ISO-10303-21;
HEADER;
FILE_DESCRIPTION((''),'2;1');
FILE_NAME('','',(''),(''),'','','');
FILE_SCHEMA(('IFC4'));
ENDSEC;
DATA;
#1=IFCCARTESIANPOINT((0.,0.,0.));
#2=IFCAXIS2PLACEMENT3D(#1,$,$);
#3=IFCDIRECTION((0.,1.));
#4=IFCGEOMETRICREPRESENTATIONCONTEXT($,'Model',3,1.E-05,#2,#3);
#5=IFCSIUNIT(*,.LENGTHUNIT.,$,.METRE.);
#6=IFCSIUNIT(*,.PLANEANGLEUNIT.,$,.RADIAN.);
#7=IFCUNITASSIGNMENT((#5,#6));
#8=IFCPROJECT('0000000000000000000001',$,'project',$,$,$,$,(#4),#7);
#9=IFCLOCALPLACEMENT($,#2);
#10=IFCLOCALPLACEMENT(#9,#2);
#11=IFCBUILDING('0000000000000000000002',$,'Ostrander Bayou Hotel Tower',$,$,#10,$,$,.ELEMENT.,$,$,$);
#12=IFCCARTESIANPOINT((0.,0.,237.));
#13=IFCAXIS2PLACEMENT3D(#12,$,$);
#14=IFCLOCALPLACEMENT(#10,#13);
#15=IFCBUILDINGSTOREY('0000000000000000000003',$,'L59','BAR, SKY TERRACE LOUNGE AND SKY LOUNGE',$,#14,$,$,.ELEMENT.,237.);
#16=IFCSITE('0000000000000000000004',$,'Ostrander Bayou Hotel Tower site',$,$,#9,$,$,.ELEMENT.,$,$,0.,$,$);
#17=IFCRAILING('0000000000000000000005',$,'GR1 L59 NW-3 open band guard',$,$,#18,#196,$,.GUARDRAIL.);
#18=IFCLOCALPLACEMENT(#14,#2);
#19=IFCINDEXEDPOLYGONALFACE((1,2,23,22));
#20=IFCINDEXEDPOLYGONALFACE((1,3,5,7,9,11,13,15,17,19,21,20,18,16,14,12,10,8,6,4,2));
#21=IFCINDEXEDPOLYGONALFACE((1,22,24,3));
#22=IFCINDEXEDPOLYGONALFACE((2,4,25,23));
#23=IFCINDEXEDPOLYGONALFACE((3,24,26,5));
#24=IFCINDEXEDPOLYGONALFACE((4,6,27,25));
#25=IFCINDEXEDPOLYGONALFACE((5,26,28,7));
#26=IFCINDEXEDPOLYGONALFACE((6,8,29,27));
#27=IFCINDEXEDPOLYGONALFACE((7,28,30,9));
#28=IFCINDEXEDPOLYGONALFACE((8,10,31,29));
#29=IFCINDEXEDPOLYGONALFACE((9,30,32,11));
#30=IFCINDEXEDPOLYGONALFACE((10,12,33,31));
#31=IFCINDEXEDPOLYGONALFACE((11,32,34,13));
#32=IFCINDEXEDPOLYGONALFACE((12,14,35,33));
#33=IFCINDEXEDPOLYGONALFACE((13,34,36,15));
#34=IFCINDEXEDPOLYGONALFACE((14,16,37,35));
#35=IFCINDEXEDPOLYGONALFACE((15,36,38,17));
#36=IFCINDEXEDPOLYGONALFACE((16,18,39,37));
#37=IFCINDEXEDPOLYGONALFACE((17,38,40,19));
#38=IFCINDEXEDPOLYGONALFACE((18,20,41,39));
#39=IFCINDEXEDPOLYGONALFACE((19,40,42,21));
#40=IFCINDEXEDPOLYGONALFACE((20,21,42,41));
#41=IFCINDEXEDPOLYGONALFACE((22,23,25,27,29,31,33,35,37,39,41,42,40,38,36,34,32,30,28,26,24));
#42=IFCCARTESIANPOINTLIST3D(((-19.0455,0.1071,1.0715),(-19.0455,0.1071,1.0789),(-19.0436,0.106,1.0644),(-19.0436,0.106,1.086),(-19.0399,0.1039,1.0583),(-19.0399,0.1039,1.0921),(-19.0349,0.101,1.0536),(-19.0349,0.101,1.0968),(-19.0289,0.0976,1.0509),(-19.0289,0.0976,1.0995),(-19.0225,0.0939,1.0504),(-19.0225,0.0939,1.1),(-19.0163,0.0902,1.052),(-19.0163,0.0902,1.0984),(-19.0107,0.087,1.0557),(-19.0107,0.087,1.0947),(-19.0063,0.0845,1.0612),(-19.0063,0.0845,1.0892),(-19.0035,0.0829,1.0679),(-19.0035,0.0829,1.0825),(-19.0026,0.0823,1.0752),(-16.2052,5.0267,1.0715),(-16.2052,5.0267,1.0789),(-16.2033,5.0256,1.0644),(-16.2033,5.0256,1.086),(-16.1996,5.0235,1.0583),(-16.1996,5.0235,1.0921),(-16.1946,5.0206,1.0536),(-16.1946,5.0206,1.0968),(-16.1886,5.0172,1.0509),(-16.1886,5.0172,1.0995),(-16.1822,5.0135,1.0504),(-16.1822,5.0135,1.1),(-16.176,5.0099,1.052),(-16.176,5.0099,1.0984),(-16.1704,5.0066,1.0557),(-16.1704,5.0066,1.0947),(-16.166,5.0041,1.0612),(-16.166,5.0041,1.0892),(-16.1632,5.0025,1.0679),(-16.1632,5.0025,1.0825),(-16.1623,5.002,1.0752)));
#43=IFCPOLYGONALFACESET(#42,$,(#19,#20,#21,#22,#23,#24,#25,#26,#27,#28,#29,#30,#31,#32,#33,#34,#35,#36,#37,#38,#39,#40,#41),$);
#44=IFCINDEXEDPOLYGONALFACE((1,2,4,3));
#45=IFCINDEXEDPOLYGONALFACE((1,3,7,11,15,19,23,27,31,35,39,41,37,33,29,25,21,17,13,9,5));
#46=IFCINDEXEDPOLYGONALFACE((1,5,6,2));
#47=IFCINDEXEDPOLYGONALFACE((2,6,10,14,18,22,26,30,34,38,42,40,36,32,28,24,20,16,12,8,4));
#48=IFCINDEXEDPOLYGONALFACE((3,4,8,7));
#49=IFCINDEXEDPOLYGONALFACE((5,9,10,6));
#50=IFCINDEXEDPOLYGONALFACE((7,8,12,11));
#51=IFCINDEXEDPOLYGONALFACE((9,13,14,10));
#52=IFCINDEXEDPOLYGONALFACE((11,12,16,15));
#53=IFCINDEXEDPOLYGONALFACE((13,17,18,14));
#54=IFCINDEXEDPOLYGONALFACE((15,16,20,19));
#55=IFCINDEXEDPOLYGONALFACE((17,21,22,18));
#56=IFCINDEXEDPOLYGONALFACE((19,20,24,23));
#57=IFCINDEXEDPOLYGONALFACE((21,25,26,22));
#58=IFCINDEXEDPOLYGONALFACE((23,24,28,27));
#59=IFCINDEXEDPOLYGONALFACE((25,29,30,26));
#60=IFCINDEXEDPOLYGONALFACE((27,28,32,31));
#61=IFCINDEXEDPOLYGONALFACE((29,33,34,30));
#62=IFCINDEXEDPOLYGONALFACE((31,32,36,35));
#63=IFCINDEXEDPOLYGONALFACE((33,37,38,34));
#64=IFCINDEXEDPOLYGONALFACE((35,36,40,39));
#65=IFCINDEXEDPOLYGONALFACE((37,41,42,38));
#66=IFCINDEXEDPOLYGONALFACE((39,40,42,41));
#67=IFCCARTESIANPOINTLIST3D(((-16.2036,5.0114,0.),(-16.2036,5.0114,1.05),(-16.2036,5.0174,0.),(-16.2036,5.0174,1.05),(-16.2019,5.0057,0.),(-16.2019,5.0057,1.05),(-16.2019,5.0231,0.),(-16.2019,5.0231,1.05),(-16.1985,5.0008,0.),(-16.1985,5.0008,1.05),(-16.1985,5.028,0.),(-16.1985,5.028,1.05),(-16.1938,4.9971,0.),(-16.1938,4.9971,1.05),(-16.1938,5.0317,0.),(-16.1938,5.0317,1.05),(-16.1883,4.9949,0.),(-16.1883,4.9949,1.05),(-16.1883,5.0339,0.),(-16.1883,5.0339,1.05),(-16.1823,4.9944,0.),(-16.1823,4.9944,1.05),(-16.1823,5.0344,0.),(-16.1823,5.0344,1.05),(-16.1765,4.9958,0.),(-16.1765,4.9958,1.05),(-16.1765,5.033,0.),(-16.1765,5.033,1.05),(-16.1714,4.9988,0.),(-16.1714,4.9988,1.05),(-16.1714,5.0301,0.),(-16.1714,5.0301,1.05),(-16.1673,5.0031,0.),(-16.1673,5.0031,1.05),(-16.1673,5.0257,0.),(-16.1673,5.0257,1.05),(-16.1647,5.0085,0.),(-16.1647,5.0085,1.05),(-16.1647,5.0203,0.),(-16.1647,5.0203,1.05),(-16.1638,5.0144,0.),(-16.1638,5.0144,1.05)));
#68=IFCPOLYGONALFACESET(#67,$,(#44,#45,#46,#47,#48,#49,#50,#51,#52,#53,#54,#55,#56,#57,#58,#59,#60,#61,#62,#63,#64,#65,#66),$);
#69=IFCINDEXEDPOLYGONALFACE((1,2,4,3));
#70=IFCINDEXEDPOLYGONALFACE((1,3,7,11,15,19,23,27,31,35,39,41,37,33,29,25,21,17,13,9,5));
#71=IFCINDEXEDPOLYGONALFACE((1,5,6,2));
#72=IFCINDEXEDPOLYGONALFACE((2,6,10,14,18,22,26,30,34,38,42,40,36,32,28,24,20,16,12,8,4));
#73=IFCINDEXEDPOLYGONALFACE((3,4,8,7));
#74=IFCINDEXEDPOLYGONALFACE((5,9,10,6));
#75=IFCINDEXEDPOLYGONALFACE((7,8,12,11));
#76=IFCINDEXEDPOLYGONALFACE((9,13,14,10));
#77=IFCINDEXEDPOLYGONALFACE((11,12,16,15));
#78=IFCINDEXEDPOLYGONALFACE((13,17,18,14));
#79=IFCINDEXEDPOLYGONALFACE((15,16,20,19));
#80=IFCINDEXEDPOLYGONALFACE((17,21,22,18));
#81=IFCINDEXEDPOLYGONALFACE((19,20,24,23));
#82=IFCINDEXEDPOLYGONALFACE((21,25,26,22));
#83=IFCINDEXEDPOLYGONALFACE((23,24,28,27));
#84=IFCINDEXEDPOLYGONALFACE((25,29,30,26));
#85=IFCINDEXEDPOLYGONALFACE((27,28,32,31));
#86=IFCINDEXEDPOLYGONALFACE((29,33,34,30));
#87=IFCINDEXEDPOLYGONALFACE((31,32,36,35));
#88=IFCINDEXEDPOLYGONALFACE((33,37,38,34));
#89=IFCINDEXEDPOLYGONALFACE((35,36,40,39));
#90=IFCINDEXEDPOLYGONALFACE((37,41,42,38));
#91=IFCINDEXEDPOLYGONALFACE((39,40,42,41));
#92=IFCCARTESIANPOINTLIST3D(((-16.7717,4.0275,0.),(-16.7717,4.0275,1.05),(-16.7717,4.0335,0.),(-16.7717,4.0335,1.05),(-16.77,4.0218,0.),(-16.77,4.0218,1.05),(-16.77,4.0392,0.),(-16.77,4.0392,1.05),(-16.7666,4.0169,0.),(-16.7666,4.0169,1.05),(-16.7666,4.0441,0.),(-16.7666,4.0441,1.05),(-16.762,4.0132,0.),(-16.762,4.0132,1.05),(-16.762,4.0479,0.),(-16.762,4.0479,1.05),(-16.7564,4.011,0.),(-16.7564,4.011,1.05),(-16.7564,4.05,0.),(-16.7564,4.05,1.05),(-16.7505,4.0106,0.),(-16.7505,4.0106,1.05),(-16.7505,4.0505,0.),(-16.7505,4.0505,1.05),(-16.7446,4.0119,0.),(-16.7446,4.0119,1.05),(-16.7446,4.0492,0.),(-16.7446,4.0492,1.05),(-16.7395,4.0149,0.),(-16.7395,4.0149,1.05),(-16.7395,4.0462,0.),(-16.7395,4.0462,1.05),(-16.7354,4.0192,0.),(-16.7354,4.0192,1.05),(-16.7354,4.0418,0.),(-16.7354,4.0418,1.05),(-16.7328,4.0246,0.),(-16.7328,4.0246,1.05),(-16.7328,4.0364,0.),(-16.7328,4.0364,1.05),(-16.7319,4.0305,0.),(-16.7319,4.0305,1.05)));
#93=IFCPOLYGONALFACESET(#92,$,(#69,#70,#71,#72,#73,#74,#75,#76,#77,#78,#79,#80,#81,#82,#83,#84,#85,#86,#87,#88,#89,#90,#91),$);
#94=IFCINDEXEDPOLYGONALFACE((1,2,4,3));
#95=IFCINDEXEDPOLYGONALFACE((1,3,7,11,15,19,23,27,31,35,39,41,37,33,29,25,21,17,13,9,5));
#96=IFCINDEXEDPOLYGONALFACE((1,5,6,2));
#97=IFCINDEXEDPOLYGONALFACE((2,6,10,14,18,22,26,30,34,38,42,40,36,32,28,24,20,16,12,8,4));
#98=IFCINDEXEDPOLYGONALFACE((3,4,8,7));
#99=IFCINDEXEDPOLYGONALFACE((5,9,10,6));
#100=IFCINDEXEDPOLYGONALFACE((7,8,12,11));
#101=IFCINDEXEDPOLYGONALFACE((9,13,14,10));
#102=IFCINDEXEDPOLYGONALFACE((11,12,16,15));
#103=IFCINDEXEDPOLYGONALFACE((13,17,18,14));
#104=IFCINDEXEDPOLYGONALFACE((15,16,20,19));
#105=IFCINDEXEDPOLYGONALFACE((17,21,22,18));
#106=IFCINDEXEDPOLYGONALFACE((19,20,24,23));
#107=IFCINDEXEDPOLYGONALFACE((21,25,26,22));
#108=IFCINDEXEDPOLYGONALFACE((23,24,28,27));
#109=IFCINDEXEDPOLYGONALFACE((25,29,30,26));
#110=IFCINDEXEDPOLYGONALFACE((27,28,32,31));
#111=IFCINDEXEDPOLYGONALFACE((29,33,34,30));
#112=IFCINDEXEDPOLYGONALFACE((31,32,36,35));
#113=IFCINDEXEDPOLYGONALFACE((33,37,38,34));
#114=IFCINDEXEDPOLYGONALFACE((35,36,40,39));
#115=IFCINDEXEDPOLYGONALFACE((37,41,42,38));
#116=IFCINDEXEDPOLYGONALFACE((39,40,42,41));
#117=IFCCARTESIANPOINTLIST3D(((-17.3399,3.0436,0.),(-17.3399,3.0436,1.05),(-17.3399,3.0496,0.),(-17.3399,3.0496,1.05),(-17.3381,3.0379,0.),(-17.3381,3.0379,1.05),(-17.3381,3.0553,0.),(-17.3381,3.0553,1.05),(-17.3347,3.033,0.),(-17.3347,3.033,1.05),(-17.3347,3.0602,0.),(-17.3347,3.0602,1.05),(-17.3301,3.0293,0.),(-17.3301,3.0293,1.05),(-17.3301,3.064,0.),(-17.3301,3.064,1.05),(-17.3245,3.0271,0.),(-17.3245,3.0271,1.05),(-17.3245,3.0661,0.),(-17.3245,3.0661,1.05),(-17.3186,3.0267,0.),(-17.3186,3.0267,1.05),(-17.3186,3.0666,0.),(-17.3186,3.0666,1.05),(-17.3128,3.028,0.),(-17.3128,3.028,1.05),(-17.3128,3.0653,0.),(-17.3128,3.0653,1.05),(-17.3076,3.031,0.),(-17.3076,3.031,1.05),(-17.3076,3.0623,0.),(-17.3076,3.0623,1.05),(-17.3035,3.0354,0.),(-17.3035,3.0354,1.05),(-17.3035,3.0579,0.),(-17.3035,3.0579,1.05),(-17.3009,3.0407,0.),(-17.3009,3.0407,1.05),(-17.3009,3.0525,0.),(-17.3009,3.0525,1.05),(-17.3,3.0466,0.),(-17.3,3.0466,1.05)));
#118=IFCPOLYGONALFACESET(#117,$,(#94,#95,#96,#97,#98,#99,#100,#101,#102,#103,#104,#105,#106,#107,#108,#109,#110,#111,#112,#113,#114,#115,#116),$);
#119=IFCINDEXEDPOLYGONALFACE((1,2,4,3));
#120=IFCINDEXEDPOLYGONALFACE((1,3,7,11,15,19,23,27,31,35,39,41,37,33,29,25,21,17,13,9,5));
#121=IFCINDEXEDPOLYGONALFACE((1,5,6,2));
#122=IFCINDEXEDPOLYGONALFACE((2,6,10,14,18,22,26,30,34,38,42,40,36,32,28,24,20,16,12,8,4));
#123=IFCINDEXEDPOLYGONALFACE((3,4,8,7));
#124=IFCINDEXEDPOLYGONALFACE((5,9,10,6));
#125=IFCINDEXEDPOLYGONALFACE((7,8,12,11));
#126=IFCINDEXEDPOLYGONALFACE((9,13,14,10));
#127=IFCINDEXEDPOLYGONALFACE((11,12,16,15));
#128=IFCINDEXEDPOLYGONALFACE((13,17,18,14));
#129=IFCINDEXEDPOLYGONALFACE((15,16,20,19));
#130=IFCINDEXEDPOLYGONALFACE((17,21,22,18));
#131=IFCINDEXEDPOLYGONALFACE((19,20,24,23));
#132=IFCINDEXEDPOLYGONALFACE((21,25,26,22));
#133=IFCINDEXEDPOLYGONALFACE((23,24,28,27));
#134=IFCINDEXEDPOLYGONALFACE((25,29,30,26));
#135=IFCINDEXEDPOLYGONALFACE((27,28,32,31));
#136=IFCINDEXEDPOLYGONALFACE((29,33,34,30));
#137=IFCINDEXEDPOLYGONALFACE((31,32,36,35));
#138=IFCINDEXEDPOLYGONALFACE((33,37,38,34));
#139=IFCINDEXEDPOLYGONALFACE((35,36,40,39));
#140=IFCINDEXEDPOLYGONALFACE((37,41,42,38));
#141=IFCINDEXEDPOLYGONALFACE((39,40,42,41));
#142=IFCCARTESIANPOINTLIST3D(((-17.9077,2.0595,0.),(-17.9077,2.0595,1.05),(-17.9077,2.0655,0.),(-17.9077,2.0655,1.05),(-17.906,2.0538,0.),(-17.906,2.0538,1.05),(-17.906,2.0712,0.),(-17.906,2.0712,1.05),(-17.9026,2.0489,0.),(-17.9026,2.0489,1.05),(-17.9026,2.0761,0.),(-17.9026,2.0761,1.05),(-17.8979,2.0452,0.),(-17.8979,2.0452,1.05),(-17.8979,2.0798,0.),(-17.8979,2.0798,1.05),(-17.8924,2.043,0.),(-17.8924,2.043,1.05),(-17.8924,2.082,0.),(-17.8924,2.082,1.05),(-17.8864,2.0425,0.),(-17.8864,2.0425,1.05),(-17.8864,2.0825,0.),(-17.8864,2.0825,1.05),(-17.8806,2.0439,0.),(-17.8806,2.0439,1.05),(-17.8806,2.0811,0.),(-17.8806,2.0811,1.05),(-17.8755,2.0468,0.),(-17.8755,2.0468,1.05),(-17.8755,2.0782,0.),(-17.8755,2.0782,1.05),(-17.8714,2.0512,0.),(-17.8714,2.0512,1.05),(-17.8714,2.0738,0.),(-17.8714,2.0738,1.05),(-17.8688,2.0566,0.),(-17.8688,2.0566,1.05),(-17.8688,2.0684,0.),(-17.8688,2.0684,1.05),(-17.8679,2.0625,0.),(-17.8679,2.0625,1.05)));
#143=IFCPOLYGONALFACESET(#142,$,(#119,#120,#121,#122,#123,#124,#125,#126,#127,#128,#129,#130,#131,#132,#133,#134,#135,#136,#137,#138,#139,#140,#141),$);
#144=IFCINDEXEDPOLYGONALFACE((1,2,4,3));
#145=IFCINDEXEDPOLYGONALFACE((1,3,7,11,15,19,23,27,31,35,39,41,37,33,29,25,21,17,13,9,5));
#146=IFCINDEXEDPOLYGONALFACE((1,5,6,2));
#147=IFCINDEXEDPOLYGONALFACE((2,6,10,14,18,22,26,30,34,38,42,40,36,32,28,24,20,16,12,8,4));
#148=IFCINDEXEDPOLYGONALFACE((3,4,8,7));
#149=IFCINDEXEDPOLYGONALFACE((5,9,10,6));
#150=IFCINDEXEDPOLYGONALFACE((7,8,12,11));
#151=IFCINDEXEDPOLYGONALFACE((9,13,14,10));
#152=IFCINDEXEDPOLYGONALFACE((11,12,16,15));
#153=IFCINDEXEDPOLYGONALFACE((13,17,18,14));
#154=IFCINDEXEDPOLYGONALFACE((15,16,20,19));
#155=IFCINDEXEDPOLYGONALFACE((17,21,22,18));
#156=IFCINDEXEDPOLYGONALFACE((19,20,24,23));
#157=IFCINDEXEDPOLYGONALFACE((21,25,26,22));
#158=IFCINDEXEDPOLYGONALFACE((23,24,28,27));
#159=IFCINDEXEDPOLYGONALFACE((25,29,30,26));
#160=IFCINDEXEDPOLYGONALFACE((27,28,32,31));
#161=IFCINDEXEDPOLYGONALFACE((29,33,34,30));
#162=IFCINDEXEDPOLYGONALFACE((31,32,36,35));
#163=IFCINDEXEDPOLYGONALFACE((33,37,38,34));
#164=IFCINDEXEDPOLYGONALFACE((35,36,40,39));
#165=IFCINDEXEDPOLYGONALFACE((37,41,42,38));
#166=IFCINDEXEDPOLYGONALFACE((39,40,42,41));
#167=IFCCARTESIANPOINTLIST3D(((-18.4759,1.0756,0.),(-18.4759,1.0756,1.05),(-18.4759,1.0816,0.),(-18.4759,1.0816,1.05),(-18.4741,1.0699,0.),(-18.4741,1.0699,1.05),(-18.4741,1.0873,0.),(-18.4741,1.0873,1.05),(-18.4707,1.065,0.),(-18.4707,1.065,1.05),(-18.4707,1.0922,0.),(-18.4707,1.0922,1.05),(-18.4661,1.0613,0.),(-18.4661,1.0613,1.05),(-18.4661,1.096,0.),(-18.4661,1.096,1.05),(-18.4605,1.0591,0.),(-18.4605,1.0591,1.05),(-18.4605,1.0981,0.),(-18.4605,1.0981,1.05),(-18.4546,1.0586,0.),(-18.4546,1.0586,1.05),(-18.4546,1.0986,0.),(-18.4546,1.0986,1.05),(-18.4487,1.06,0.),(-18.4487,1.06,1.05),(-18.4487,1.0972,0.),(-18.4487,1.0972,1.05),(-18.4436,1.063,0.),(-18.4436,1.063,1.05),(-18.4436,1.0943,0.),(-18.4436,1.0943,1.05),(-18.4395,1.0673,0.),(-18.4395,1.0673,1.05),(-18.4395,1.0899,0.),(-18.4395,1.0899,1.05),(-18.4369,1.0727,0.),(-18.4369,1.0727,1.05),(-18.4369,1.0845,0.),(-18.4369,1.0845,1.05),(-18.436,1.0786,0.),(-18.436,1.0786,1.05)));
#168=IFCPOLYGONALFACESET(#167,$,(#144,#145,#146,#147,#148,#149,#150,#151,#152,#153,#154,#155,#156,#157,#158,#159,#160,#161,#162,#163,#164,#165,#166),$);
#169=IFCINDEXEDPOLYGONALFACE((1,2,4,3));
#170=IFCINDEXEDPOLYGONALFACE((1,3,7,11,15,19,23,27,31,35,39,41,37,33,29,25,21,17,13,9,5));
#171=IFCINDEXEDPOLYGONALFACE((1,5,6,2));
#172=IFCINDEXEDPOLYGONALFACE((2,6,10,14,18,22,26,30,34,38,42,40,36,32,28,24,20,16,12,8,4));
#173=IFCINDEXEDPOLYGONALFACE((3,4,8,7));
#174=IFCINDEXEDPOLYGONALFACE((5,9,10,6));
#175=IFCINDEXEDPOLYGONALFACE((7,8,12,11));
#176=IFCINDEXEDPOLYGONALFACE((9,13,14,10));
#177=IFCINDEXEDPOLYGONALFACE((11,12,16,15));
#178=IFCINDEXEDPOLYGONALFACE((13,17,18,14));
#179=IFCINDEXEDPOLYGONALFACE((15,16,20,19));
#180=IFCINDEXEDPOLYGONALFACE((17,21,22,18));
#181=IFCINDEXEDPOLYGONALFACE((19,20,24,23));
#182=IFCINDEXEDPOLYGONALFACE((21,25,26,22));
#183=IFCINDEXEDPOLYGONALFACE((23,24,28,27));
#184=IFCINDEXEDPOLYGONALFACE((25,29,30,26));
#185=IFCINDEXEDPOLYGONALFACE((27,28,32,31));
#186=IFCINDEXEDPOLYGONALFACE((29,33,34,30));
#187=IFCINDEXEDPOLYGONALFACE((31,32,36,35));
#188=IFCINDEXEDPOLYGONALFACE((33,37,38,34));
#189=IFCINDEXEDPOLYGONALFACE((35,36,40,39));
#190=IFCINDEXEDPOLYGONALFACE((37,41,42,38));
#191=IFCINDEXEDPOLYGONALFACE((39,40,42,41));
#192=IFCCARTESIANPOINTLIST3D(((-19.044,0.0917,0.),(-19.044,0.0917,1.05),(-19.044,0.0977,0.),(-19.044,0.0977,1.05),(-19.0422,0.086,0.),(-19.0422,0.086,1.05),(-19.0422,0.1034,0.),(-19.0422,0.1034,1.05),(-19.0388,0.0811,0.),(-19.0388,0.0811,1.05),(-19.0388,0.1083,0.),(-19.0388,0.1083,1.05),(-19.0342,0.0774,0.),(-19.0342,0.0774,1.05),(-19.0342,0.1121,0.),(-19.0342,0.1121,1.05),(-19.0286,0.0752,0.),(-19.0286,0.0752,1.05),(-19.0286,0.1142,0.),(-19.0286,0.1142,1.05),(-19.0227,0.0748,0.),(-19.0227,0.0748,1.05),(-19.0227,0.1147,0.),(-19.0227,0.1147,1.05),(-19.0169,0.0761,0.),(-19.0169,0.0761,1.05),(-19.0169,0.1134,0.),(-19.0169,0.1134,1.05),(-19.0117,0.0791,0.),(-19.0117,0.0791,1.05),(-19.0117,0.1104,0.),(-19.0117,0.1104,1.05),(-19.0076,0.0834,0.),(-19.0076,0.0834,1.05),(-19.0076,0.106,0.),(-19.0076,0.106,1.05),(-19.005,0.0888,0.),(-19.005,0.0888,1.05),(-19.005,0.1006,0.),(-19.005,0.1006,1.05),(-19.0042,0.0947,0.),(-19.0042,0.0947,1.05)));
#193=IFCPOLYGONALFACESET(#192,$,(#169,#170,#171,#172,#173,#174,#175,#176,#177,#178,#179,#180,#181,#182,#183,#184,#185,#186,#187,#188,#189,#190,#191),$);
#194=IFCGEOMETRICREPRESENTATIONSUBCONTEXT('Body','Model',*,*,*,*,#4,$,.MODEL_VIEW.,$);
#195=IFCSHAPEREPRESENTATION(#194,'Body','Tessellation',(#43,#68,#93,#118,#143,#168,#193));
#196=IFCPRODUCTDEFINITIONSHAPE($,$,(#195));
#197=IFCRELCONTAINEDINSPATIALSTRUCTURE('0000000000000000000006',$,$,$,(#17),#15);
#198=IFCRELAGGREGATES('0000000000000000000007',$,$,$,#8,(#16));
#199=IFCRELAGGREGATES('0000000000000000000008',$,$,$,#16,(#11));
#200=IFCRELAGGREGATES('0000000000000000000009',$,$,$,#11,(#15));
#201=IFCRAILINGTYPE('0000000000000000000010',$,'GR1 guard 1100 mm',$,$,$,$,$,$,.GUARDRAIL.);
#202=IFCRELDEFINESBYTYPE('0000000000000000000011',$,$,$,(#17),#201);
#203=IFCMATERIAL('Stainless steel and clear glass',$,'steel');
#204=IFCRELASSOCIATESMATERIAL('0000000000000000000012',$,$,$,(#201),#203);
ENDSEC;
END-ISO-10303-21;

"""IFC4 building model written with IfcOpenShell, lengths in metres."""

from ifc_helpers import new_model, si_unit, direction, frame, origin, origin_2d, place, context, subcontext, project, spatial, circle, extrude, material, type_object, element, save


model = new_model("IFC4")

# Units and contexts
model_context = context("Model", 3, precision=1e-05, world=origin(), true_north=direction((0.0, 1.0)))
body_context = subcontext(model_context, "Body", "Model", "MODEL_VIEW")
ifc_project = project(units=[si_unit("LENGTHUNIT", "METRE"), si_unit("PLANEANGLEUNIT", "RADIAN")], contexts=[model_context])

# Site, building, storey
site_placement = place(None, origin())
site = spatial("IfcSite", under=ifc_project, at=site_placement, Name="Ostrander Bayou Hotel Tower site", CompositionType="ELEMENT", RefElevation=0.0)
building_placement = place(site_placement, origin())
building = spatial("IfcBuilding", under=site, at=building_placement, Name="Ostrander Bayou Hotel Tower", CompositionType="ELEMENT")
storey_placement = place(building_placement, frame((0.0, 0.0, 237.0)))
storey = spatial("IfcBuildingStorey", under=building, at=storey_placement, Name="L59", Description="BAR, SKY TERRACE LOUNGE AND SKY LOUNGE", CompositionType="ELEMENT", Elevation=237.0)

# Railing
ifc_material_1 = material(Name="Stainless steel and clear glass", Category="steel")
railing_type = type_object("IfcRailingType", Name="GR1 guard 1100 mm", PredefinedType="GUARDRAIL", material=ifc_material_1)
railing_1_placement = place(storey_placement, frame((-16.1838, 5.0144, 0.0)))
element("IfcRailing", 1, at=railing_1_placement, inside=storey, type_object=railing_type, Name="GR1 L59 NW-3 open band guard", PredefinedType="GUARDRAIL", context=body_context, shape_type="SweptSolid", body=[
    extrude(circle(Radius=0.0249, at=origin_2d()), frame((0.0, 0.0, 1.0752), z_axis=(-0.499994, -0.866029, 0.0), x_axis=(0.866029, -0.499994, 0.0)), (0.0, 0.0, 1.0), 5.6807),
    extrude(circle(Radius=0.02, at=origin_2d()), origin(), (0.0, 0.0, 1.0), 1.05),
    extrude(circle(Radius=0.02, at=origin_2d()), frame((-0.5681, -0.9839, 0.0)), (0.0, 0.0, 1.0), 1.05),
    extrude(circle(Radius=0.02, at=origin_2d()), frame((-1.1362, -1.9678, 0.0)), (0.0, 0.0, 1.0), 1.05),
    extrude(circle(Radius=0.02, at=origin_2d()), frame((-1.7041, -2.9519, 0.0)), (0.0, 0.0, 1.0), 1.05),
    extrude(circle(Radius=0.02, at=origin_2d()), frame((-2.2722, -3.9358, 0.0)), (0.0, 0.0, 1.0), 1.05),
    extrude(circle(Radius=0.02, at=origin_2d()), frame((-2.8403, -4.9197, 0.0)), (0.0, 0.0, 1.0), 1.05),
])

save(model, "model.ifc")
